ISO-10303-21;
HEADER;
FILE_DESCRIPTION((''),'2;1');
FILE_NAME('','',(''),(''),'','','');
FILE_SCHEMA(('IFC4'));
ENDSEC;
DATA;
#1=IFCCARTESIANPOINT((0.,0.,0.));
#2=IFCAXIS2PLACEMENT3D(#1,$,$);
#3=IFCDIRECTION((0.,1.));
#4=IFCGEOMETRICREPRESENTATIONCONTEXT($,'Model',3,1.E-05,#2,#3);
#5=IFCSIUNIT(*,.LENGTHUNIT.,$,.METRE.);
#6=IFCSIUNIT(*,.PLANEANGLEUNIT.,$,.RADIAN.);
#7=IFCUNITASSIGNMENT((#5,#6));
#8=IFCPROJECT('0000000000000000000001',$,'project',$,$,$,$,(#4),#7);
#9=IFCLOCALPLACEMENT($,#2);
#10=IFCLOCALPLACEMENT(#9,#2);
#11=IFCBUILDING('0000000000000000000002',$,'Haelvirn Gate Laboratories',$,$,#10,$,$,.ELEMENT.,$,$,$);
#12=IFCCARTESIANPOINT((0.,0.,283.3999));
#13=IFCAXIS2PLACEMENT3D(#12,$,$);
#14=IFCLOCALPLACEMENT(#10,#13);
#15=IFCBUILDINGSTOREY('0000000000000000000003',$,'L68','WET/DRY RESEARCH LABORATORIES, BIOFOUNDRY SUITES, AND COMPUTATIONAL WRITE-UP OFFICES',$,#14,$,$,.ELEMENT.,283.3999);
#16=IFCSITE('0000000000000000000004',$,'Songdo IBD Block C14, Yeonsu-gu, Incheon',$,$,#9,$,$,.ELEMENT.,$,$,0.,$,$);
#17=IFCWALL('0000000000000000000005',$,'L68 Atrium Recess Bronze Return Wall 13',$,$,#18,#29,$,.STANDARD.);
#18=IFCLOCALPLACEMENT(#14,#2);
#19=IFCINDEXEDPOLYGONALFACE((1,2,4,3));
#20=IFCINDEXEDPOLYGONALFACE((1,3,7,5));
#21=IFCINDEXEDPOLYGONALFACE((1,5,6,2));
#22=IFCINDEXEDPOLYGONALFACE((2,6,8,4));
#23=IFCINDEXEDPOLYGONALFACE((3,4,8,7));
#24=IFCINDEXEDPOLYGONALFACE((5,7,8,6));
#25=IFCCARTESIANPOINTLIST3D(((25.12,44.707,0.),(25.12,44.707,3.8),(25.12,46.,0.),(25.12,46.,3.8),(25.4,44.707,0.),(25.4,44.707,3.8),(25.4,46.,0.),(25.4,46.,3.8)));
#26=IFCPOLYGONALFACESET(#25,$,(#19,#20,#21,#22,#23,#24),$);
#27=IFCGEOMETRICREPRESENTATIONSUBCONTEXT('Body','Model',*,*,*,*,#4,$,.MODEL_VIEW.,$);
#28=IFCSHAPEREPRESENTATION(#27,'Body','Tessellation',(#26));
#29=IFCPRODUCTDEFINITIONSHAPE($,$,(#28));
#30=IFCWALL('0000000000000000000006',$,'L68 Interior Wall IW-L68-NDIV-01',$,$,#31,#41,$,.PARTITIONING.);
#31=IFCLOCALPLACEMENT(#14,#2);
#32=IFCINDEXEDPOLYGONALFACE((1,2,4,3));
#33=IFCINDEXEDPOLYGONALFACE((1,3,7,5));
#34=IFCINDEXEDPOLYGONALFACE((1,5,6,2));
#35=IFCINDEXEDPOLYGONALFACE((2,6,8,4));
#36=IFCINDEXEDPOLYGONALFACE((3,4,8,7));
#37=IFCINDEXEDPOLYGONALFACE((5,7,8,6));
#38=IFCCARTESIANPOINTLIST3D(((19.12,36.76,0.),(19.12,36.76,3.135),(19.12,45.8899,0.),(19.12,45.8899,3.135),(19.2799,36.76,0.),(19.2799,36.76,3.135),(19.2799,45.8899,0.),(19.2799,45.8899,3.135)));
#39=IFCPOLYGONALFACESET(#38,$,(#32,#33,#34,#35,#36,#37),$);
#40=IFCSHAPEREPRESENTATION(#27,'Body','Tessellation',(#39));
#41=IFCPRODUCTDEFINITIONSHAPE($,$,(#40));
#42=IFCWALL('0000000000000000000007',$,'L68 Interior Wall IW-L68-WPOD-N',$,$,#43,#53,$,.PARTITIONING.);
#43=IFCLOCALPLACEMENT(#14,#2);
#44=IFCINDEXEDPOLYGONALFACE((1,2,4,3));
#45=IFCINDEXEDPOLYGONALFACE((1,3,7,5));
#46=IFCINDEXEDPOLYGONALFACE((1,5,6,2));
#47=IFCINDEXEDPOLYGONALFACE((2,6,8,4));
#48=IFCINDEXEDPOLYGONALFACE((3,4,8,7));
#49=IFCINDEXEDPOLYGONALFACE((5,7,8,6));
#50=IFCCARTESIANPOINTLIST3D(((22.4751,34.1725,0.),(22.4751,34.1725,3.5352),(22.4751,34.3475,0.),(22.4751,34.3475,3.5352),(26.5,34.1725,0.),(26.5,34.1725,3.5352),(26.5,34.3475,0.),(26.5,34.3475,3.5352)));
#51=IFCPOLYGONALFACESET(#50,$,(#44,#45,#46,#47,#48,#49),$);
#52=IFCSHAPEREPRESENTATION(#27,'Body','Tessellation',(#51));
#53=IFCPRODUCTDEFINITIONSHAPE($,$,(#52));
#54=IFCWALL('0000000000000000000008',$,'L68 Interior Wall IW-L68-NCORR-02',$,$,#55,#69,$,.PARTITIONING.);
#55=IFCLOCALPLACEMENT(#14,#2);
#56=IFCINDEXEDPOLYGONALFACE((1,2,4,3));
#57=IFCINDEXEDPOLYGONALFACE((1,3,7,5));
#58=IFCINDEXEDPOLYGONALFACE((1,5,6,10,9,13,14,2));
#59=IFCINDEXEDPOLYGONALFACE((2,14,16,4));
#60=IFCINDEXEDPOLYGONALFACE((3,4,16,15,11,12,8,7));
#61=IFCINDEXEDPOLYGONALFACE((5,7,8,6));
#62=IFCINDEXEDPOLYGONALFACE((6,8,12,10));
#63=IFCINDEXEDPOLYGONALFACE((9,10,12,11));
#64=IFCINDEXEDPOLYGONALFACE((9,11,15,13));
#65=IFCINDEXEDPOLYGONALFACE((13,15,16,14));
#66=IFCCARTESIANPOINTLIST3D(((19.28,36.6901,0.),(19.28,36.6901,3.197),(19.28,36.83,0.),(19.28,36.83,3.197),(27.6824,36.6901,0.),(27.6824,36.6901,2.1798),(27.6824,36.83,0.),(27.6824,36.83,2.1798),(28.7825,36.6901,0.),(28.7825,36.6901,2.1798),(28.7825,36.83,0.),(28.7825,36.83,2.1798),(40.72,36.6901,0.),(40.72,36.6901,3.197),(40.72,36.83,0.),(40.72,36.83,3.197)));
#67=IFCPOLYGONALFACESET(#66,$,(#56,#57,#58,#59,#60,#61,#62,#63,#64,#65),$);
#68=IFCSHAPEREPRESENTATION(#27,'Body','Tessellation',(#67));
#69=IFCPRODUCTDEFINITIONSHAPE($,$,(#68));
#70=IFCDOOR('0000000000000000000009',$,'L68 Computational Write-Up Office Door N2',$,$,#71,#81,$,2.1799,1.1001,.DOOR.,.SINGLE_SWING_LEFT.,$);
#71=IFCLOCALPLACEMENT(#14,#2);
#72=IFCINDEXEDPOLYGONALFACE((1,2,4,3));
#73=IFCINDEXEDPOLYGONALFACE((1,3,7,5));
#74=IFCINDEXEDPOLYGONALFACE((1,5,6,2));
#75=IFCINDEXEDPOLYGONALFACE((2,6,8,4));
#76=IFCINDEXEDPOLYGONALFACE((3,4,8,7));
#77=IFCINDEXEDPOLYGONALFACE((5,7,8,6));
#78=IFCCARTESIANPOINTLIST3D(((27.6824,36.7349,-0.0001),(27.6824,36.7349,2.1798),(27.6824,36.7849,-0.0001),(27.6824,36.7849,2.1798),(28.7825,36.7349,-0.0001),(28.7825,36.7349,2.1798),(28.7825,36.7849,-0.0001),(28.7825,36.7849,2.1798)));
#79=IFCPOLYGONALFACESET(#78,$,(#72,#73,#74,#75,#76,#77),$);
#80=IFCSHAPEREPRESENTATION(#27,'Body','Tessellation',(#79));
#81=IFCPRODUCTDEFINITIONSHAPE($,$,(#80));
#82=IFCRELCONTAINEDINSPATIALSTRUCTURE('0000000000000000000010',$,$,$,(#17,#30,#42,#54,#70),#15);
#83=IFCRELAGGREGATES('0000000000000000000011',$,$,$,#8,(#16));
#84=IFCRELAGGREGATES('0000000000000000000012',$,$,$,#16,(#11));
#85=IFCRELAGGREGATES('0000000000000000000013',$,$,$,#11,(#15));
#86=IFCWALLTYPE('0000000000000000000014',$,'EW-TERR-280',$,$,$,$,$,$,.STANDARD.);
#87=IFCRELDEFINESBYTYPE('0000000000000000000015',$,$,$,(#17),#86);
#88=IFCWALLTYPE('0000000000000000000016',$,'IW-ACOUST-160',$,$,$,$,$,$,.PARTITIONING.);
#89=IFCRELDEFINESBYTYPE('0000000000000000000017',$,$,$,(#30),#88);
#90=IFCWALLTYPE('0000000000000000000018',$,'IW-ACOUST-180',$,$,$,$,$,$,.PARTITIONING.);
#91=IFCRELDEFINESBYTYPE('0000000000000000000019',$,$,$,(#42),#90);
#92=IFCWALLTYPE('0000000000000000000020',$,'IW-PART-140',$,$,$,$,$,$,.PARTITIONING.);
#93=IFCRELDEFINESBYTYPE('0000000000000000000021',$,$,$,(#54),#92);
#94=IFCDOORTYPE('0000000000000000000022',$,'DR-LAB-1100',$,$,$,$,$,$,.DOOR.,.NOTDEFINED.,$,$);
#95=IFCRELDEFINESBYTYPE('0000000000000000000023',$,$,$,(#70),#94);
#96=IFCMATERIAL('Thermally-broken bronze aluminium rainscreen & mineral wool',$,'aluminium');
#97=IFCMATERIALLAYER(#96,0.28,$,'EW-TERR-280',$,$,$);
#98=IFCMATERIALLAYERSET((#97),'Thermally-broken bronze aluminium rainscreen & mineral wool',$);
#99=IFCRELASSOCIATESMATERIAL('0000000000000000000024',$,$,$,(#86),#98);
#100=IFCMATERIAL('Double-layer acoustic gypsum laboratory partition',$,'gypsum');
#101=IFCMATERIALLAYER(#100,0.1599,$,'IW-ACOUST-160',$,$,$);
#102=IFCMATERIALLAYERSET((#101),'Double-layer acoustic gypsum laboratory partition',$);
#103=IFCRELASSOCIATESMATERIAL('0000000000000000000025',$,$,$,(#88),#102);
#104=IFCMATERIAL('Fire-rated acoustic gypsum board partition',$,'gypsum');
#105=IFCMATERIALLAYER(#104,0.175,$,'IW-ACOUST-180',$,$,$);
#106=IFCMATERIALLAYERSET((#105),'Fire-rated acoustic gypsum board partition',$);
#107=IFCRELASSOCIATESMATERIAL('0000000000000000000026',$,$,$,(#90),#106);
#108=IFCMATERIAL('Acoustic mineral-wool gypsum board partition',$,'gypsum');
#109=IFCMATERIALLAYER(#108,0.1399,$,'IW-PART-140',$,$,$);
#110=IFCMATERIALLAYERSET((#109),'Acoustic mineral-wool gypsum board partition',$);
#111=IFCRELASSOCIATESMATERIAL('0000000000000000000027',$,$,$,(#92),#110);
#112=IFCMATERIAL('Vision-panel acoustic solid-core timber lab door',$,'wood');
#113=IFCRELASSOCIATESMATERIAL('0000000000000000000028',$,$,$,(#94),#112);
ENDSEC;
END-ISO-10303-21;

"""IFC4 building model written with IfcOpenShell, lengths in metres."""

from ifc_helpers import new_model, si_unit, direction, frame, frame_2d, origin, place, context, subcontext, project, spatial, rectangle, extrude, source, transform, mapped, material, layer, layer_set, type_object, type_shapes, element, fill, save


model = new_model("IFC4")

# Units and contexts
model_context = context("Model", 3, precision=1e-05, world=origin(), true_north=direction((0.0, 1.0)))
body_context = subcontext(model_context, "Body", "Model", "MODEL_VIEW")
ifc_project = project(units=[si_unit("LENGTHUNIT", "METRE"), si_unit("PLANEANGLEUNIT", "RADIAN")], contexts=[model_context])

# Site, building, storey
site_placement = place(None, origin())
site = spatial("IfcSite", under=ifc_project, at=site_placement, Name="Songdo IBD Block C14, Yeonsu-gu, Incheon", CompositionType="ELEMENT", RefElevation=0.0)
building_placement = place(site_placement, origin())
building = spatial("IfcBuilding", under=site, at=building_placement, Name="Haelvirn Gate Laboratories", CompositionType="ELEMENT")
storey_placement = place(building_placement, frame((0.0, 0.0, 283.3999)))
storey = spatial("IfcBuildingStorey", under=building, at=storey_placement, Name="L68", Description="WET/DRY RESEARCH LABORATORIES, BIOFOUNDRY SUITES, AND COMPUTATIONAL WRITE-UP OFFICES", CompositionType="ELEMENT", Elevation=283.3999)

# Walls
ifc_material_1 = material(Name="Thermally-broken bronze aluminium rainscreen & mineral wool", Category="aluminium")
ifc_layer_1 = layer(ifc_material_1, 0.28, Name="EW-TERR-280")
ifc_layer_set_1 = layer_set([ifc_layer_1], Name="Thermally-broken bronze aluminium rainscreen & mineral wool")
wall_type_1 = type_object("IfcWallType", Name="EW-TERR-280", PredefinedType="STANDARD", material=ifc_layer_set_1)
wall_1_placement = place(storey_placement, frame((25.26, 44.707, 0.0), z_axis=(0.0, 0.0, 1.0), x_axis=(0.0, 1.0, 0.0)))
element("IfcWall", 1, at=wall_1_placement, inside=storey, type_object=wall_type_1, Name="L68 Atrium Recess Bronze Return Wall 13", PredefinedType="STANDARD", context=body_context, shape_type="SweptSolid", body=[
    extrude(rectangle(XDim=1.293, YDim=0.28, at=frame_2d((0.6465, 0.0))), origin(), (0.0, 0.0, 1.0), 3.8),
])
ifc_material_2 = material(Name="Double-layer acoustic gypsum laboratory partition", Category="gypsum")
ifc_layer_2 = layer(ifc_material_2, 0.1599, Name="IW-ACOUST-160")
ifc_layer_set_2 = layer_set([ifc_layer_2], Name="Double-layer acoustic gypsum laboratory partition")
wall_type_2 = type_object("IfcWallType", Name="IW-ACOUST-160", PredefinedType="PARTITIONING", material=ifc_layer_set_2)
wall_2_placement = place(storey_placement, frame((19.2, 36.76, 0.0), z_axis=(0.0, 0.0, 1.0), x_axis=(0.0, 1.0, 0.0)))
element("IfcWall", 2, at=wall_2_placement, inside=storey, type_object=wall_type_2, Name="L68 Interior Wall IW-L68-NDIV-01", PredefinedType="PARTITIONING", context=body_context, shape_type="SweptSolid", body=[
    extrude(rectangle(XDim=9.1299, YDim=0.1599, at=frame_2d((4.5649, 0.0))), origin(), (0.0, 0.0, 1.0), 3.135),
])
ifc_material_3 = material(Name="Fire-rated acoustic gypsum board partition", Category="gypsum")
ifc_layer_3 = layer(ifc_material_3, 0.175, Name="IW-ACOUST-180")
ifc_layer_set_3 = layer_set([ifc_layer_3], Name="Fire-rated acoustic gypsum board partition")
wall_type_3 = type_object("IfcWallType", Name="IW-ACOUST-180", PredefinedType="PARTITIONING", material=ifc_layer_set_3)
wall_3_placement = place(storey_placement, frame((22.4751, 34.26, 0.0), z_axis=(0.0, 0.0, 1.0), x_axis=(1.0, 0.0, 0.0)))
element("IfcWall", 3, at=wall_3_placement, inside=storey, type_object=wall_type_3, Name="L68 Interior Wall IW-L68-WPOD-N", PredefinedType="PARTITIONING", context=body_context, shape_type="SweptSolid", body=[
    extrude(rectangle(XDim=4.0249, YDim=0.175, at=frame_2d((2.0125, 0.0))), origin(), (0.0, 0.0, 1.0), 3.5352),
])

# Wall, opening, door
ifc_material_4 = material(Name="Acoustic mineral-wool gypsum board partition", Category="gypsum")
ifc_layer_4 = layer(ifc_material_4, 0.1399, Name="IW-PART-140")
ifc_layer_set_4 = layer_set([ifc_layer_4], Name="Acoustic mineral-wool gypsum board partition")
wall_type_4 = type_object("IfcWallType", Name="IW-PART-140", PredefinedType="PARTITIONING", material=ifc_layer_set_4)
wall_4_placement = place(storey_placement, frame((19.28, 36.76, 0.0), z_axis=(0.0, 0.0, 1.0), x_axis=(1.0, 0.0, 0.0)))
wall_4 = element("IfcWall", 4, at=wall_4_placement, inside=storey, type_object=wall_type_4, Name="L68 Interior Wall IW-L68-NCORR-02", PredefinedType="PARTITIONING", context=body_context, shape_type="SweptSolid", body=[
    extrude(rectangle(XDim=21.4399, YDim=0.1399, at=frame_2d((10.72, 0.0))), origin(), (0.0, 0.0, 1.0), 3.197),
])
opening_placement = place(wall_4_placement, frame((8.4023, 0.0, 0.0)))
opening = element("IfcOpeningElement", 5, at=opening_placement, cuts=wall_4, PredefinedType="OPENING", context=body_context, shape_type="SweptSolid", body=[
    extrude(rectangle(XDim=1.1001, YDim=2.1799, at=frame_2d((0.55, 1.0898))), frame((0.0, 0.0801, 0.0), z_axis=(0.0, -1.0, 0.0), x_axis=(1.0, 0.0, 0.0)), (0.0, 0.0, 1.0), 0.1599),
])
ifc_material_5 = material(Name="Vision-panel acoustic solid-core timber lab door", Category="wood")
door_type = type_object("IfcDoorType", Name="DR-LAB-1100", OperationType="NOTDEFINED", PredefinedType="DOOR", material=ifc_material_5)
shared_shape_1 = source(origin(), body_context, "Body", "SweptSolid", [
    extrude(rectangle(XDim=1.1001, YDim=2.1799, at=frame_2d((0.55, 1.0898))), frame((0.0, 0.0249, 0.0), z_axis=(0.0, -1.0, 0.0), x_axis=(1.0, 0.0, 0.0)), (0.0, 0.0, 1.0), 0.05),
])
type_shapes(door_type, [shared_shape_1])
door_placement = place(opening_placement, origin())
door = element("IfcDoor", 6, at=door_placement, inside=storey, type_object=door_type, Name="L68 Computational Write-Up Office Door N2", OperationType="SINGLE_SWING_LEFT", OverallHeight=2.1799, OverallWidth=1.1001, PredefinedType="DOOR", context=body_context, shape_type="MappedRepresentation", body=[
    mapped(shared_shape_1, transform((0.0, 0.0, 0.0), scale=1.0)),
])
fill(opening, door)

save(model, "model.ifc")
